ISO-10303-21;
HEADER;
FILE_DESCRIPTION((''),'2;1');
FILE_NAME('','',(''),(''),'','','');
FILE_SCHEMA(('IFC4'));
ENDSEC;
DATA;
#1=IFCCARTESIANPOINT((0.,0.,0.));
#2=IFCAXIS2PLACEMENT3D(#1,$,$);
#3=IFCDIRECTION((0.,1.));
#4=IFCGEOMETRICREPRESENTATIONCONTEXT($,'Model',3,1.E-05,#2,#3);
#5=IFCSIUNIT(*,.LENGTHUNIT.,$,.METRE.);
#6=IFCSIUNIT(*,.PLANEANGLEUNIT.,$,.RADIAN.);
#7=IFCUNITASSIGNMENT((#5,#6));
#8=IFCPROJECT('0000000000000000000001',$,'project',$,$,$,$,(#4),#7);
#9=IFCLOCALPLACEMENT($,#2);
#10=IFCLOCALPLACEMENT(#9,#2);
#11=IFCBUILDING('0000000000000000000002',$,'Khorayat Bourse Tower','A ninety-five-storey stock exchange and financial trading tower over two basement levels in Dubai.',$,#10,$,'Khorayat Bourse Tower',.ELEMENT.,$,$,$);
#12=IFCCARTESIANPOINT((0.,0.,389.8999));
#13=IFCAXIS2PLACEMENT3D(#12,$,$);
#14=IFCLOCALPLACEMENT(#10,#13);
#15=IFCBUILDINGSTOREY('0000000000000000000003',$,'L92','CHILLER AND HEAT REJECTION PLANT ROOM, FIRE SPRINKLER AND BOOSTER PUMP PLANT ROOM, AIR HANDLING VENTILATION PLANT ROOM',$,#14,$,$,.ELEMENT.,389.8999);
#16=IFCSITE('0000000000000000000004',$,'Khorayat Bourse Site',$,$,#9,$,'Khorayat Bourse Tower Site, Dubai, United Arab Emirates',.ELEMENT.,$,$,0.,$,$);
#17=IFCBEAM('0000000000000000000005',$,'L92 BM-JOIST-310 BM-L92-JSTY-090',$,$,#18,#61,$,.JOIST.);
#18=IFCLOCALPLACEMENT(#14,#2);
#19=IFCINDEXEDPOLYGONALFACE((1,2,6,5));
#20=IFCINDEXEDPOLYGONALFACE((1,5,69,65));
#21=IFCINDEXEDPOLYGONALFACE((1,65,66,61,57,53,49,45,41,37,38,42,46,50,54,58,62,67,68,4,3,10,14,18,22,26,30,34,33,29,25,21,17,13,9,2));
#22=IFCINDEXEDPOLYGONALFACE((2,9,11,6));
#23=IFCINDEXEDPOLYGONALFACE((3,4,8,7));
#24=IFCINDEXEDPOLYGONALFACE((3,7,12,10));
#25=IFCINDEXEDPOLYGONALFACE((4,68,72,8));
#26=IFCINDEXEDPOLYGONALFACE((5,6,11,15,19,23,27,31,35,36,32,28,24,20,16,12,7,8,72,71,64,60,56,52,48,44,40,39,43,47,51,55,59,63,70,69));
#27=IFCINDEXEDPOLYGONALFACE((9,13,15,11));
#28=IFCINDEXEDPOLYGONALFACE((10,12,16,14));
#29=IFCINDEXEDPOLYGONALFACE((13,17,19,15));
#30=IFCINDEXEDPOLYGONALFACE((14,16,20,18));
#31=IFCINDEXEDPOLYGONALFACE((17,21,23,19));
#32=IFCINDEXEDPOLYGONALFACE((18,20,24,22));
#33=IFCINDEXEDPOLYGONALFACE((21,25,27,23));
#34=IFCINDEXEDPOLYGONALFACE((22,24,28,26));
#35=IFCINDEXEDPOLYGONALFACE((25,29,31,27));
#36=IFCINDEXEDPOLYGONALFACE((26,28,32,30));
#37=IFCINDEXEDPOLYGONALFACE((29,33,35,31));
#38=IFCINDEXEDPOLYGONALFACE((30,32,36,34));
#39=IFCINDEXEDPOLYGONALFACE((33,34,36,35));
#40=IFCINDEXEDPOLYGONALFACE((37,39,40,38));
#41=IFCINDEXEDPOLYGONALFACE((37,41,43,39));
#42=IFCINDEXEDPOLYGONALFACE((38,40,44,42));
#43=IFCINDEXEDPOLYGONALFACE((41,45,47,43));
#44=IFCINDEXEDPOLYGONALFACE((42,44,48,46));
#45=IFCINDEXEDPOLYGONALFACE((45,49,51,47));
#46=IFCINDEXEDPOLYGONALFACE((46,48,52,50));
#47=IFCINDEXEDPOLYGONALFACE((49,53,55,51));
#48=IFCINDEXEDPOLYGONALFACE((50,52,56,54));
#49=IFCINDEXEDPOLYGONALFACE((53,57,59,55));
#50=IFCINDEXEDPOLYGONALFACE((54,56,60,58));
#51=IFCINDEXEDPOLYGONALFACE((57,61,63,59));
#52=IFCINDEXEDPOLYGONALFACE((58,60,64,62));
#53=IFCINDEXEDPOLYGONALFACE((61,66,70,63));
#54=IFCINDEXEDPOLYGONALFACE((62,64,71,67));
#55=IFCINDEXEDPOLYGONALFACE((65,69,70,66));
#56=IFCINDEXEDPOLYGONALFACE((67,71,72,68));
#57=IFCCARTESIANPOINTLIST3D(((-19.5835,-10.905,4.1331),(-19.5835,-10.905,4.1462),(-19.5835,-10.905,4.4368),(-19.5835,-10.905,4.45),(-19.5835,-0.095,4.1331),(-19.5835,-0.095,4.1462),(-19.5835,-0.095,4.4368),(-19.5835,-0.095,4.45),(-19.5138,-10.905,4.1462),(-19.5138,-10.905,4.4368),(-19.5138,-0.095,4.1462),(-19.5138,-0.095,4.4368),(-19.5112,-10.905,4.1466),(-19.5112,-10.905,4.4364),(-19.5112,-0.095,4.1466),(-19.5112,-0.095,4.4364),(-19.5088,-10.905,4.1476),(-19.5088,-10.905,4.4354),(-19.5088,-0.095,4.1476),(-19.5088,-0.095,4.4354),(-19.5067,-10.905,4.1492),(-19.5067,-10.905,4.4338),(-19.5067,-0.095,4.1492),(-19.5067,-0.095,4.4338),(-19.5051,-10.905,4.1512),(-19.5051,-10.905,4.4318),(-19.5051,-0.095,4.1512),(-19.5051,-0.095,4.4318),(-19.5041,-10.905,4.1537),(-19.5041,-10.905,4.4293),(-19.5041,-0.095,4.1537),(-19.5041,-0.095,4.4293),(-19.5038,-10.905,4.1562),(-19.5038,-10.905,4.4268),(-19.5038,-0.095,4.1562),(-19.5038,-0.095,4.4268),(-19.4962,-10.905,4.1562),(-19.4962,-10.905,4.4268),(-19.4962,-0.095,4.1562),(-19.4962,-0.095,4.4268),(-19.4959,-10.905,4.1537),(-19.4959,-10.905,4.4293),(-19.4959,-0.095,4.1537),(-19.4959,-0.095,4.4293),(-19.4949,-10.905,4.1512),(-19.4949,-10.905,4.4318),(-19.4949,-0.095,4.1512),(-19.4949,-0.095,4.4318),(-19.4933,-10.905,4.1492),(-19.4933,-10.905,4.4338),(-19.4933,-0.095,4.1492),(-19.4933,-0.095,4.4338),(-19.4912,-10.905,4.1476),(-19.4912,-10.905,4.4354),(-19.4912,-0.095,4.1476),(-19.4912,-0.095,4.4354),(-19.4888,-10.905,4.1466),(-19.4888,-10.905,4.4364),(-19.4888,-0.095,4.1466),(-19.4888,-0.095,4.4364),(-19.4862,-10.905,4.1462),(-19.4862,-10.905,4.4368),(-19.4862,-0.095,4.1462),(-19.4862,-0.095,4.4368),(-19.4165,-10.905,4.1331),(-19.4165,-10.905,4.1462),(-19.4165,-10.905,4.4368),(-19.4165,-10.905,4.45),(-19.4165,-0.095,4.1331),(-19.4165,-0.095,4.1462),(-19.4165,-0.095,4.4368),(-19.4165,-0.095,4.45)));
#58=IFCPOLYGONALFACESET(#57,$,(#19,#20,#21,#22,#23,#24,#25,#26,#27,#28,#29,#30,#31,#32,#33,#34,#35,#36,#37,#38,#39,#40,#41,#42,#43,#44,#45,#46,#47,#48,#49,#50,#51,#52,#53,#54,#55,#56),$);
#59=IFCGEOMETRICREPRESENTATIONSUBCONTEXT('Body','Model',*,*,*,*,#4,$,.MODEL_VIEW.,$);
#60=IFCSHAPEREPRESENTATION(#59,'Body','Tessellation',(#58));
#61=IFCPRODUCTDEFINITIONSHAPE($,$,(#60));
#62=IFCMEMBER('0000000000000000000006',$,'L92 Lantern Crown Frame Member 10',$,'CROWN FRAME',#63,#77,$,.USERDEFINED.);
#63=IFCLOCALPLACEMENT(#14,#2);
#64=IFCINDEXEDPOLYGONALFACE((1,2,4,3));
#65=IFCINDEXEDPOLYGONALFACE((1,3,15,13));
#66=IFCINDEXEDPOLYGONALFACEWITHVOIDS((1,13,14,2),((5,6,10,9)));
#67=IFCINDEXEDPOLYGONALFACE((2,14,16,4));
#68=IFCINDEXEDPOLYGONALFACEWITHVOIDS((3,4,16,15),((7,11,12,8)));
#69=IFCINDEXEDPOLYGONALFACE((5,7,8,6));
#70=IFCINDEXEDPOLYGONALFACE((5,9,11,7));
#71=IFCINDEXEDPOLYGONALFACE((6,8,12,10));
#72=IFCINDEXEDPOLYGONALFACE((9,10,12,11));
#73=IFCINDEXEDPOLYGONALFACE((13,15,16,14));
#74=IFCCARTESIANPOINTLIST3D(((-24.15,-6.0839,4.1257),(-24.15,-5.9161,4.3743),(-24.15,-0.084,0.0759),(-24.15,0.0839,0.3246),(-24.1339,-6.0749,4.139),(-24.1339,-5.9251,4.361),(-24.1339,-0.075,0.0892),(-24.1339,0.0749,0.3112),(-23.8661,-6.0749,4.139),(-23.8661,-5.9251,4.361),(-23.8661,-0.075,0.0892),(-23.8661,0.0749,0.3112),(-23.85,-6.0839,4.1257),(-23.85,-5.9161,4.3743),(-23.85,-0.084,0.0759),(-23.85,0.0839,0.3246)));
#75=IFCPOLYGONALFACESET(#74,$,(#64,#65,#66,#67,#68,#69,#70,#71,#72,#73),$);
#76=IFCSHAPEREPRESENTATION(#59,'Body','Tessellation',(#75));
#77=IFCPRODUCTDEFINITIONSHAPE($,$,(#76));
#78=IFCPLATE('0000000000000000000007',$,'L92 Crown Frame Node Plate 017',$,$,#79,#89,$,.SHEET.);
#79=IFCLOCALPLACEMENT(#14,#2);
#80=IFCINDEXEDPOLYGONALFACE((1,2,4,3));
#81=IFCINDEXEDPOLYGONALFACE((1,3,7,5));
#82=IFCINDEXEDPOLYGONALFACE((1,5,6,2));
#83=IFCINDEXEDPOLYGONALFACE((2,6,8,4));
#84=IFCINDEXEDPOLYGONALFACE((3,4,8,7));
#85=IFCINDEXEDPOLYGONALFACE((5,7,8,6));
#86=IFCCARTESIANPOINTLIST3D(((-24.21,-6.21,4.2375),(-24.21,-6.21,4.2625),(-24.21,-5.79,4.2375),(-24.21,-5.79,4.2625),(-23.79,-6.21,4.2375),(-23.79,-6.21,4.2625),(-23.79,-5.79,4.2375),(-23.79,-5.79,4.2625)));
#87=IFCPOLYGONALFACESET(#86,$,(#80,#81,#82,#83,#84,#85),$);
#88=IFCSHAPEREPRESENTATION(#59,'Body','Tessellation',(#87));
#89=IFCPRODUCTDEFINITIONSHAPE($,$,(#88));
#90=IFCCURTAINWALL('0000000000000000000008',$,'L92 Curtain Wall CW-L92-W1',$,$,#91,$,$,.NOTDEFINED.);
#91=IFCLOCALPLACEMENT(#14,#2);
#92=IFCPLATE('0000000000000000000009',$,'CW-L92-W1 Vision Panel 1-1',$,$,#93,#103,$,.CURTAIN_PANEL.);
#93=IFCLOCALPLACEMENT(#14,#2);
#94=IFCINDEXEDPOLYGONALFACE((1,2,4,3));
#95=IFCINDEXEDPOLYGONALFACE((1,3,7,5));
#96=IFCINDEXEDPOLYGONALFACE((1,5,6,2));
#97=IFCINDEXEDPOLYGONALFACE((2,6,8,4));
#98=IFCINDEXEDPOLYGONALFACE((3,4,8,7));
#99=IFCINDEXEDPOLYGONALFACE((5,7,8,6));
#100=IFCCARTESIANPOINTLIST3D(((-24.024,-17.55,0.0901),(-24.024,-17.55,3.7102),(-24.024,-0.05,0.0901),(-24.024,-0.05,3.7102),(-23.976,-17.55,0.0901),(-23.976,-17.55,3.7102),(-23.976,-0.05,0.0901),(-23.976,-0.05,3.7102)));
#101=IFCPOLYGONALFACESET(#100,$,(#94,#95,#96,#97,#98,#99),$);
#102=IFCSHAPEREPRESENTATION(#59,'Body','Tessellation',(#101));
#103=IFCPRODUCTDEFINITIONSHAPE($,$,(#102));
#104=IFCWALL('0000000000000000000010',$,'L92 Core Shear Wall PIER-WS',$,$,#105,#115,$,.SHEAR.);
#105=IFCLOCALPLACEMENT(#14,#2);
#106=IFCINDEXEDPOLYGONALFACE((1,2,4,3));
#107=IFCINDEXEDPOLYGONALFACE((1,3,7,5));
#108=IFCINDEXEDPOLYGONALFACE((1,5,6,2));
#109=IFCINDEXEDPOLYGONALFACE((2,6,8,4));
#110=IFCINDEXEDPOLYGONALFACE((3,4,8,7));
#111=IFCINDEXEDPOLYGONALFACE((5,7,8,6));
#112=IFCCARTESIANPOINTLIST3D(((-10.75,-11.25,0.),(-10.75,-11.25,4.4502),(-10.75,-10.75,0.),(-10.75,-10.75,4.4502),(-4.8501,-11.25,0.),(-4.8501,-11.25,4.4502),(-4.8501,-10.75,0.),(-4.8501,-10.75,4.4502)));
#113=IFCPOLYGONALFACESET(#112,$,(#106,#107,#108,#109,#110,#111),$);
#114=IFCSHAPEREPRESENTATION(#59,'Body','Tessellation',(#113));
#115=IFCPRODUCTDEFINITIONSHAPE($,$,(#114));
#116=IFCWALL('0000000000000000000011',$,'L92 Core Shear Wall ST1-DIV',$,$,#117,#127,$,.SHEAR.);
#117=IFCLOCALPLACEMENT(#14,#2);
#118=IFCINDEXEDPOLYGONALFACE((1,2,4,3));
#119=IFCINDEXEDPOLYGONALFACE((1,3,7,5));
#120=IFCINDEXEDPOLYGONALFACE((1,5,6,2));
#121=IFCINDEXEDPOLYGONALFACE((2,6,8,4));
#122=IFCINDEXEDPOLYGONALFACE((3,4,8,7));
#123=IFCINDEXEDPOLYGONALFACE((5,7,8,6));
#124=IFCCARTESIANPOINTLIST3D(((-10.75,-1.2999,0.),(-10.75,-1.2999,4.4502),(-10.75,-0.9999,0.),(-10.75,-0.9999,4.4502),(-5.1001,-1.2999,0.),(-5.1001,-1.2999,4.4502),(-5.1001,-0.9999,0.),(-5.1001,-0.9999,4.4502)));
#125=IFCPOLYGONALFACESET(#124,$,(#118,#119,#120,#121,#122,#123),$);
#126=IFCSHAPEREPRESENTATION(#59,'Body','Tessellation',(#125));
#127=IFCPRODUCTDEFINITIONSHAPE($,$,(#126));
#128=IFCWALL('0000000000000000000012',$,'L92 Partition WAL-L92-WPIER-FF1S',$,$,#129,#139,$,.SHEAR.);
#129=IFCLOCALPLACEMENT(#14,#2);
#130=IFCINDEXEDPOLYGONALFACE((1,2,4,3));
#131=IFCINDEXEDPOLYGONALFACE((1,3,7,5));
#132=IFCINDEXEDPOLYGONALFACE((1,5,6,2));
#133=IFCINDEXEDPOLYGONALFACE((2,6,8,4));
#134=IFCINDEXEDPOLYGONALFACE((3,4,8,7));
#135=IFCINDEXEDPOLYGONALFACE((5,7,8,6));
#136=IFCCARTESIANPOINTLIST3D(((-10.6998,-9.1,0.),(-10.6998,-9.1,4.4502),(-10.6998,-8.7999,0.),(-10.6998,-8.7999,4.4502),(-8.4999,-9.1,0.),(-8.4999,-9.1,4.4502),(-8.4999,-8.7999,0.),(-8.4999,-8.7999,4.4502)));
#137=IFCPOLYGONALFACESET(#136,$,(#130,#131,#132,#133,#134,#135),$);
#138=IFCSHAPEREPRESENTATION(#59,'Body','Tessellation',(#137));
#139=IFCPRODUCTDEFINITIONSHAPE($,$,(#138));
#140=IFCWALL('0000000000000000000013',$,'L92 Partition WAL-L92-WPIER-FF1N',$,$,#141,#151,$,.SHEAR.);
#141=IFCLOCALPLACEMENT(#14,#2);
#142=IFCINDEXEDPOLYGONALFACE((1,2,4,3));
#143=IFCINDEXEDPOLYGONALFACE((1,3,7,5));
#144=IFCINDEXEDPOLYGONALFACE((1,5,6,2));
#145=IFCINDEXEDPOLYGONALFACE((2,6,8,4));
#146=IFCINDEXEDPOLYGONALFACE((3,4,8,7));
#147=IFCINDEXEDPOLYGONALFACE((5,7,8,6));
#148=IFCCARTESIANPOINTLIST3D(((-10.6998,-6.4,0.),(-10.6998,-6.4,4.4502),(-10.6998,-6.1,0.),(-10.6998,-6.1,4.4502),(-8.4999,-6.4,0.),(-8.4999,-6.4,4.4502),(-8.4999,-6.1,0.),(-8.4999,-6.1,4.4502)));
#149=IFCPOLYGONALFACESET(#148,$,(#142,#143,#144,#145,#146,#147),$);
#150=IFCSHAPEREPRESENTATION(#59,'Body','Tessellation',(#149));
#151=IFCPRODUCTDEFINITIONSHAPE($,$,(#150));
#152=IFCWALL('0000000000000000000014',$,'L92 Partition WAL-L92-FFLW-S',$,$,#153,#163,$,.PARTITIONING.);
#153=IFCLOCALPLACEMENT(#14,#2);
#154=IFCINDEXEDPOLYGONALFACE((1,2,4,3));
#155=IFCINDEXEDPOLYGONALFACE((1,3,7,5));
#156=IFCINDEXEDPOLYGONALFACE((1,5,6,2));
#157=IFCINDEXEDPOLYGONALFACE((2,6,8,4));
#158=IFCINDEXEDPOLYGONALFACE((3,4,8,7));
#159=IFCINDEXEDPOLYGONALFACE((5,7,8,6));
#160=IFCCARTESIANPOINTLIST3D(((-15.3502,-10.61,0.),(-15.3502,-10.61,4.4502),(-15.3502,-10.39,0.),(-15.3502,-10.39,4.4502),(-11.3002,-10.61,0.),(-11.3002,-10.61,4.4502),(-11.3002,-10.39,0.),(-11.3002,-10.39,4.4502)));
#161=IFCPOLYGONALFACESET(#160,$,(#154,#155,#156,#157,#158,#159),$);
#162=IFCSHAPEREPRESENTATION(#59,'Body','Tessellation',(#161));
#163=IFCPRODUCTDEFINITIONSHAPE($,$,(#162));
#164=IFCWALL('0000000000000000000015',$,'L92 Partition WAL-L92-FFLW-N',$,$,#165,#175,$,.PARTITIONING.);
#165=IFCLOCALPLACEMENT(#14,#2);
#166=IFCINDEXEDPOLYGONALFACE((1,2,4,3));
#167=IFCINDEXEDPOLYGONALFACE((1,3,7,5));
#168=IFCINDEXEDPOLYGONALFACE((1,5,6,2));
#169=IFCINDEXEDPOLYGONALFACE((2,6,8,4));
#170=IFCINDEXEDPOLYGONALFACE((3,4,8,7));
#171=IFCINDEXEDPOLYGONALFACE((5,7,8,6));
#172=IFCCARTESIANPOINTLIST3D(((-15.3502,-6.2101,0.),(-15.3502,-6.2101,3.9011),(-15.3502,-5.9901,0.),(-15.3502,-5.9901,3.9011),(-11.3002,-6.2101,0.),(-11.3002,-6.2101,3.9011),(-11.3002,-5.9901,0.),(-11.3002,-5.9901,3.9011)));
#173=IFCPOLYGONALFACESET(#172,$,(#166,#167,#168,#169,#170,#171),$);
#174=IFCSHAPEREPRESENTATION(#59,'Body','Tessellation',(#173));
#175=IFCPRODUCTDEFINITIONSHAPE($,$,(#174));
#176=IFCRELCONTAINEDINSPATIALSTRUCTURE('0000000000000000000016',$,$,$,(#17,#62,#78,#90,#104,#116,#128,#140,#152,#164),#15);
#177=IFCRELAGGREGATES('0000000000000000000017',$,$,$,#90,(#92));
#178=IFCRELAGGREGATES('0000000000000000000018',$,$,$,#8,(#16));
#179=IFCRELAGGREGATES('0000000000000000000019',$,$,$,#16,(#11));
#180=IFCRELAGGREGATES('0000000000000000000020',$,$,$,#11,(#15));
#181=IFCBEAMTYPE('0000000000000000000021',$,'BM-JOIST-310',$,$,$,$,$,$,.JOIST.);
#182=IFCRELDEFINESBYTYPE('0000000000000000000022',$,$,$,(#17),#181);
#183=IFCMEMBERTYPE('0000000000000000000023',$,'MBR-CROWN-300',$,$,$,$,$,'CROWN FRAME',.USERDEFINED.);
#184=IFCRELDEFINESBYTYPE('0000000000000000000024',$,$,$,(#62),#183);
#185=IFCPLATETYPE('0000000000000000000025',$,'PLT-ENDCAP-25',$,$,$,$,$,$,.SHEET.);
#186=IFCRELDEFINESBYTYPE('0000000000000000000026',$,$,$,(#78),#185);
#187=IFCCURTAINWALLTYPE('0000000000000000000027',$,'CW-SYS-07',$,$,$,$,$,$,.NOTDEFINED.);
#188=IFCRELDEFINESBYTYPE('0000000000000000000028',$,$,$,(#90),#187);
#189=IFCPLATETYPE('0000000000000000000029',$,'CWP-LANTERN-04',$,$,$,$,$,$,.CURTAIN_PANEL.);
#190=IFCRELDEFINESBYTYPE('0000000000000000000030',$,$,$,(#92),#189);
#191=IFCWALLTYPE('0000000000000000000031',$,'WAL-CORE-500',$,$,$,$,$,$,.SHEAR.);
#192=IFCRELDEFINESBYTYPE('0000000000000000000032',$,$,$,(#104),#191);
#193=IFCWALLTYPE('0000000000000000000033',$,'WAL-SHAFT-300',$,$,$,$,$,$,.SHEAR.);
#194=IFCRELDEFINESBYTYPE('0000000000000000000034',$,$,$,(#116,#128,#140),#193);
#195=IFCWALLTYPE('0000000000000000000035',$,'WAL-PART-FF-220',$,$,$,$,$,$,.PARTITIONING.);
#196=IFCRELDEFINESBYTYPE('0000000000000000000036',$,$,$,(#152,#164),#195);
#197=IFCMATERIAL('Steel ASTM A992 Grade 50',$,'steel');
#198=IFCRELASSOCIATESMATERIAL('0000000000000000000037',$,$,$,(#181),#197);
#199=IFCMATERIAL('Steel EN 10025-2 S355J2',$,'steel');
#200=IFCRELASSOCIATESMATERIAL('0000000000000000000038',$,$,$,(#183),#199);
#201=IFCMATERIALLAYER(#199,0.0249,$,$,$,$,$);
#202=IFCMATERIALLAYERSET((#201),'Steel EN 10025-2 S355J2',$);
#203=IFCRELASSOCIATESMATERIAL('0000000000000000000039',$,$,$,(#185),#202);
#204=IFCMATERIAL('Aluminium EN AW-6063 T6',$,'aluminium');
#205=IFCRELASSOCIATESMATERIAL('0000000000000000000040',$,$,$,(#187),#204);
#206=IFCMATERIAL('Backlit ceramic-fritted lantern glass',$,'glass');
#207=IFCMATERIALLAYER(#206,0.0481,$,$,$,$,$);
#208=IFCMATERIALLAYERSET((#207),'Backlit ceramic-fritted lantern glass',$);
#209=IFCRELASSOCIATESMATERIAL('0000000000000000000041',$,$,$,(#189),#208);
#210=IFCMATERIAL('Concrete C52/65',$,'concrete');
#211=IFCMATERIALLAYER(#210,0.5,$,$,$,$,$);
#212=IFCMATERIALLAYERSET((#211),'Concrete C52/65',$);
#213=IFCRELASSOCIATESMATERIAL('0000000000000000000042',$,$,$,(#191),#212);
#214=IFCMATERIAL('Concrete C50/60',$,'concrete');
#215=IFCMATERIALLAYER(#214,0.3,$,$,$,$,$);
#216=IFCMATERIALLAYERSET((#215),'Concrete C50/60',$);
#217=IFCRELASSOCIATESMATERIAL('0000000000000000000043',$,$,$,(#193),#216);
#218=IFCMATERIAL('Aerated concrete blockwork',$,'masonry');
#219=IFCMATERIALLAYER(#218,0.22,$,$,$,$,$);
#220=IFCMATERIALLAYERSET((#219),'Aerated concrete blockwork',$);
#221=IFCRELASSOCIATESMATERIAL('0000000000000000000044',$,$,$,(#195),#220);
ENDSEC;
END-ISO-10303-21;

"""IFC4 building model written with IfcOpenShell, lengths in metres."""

from ifc_helpers import new_model, si_unit, direction, frame, frame_2d, origin, origin_2d, place, context, subcontext, project, spatial, rectangle, hollow_rectangle, i_section, extrude, source, transform, mapped, material, layer, layer_set, material_profile, profile_set, type_object, element, aggregate, save


model = new_model("IFC4")

# Units and contexts
model_context = context("Model", 3, precision=1e-05, world=origin(), true_north=direction((0.0, 1.0)))
body_context = subcontext(model_context, "Body", "Model", "MODEL_VIEW")
ifc_project = project(units=[si_unit("LENGTHUNIT", "METRE"), si_unit("PLANEANGLEUNIT", "RADIAN")], contexts=[model_context])

# Site, building, storey
site_placement = place(None, origin())
site = spatial("IfcSite", under=ifc_project, at=site_placement, Name="Khorayat Bourse Site", LongName="Khorayat Bourse Tower Site, Dubai, United Arab Emirates", CompositionType="ELEMENT", RefElevation=0.0)
building_placement = place(site_placement, origin())
building = spatial("IfcBuilding", under=site, at=building_placement, Name="Khorayat Bourse Tower", Description="A ninety-five-storey stock exchange and financial trading tower over two basement levels in Dubai.", LongName="Khorayat Bourse Tower", CompositionType="ELEMENT")
storey_placement = place(building_placement, frame((0.0, 0.0, 389.8999)))
storey = spatial("IfcBuildingStorey", under=building, at=storey_placement, Name="L92", Description="CHILLER AND HEAT REJECTION PLANT ROOM, FIRE SPRINKLER AND BOOSTER PUMP PLANT ROOM, AIR HANDLING VENTILATION PLANT ROOM", CompositionType="ELEMENT", Elevation=389.8999)

# Shared definitions
ifc_material_1 = material(Name="Concrete C52/65", Category="concrete")
ifc_material_2 = material(Name="Steel EN 10025-2 S355J2", Category="steel")

# Beam
ifc_material_3 = material(Name="Steel ASTM A992 Grade 50", Category="steel")
ifc_material_profile_1 = material_profile(ifc_material_3, i_section(OverallWidth=0.167, OverallDepth=0.3169, WebThickness=0.0076, FlangeThickness=0.0132, FilletRadius=0.01, at=origin_2d()), Name="W310X52")
ifc_profile_set_1 = profile_set([ifc_material_profile_1], Name="Steel ASTM A992 Grade 50")
beam_type_1 = type_object("IfcBeamType", Name="BM-JOIST-310", PredefinedType="JOIST", material=ifc_profile_set_1)
shared_shape_1 = source(origin(), body_context, "Body", "SweptSolid", [
    extrude(i_section(OverallWidth=0.167, OverallDepth=0.3169, WebThickness=0.0076, FlangeThickness=0.0132, FilletRadius=0.01, at=origin_2d()), origin(), (0.0, 0.0, 1.0), 10.8101),
])
beam_1_placement = place(storey_placement, frame((-19.5, -10.905, 4.2915), z_axis=(0.0, 1.0, 0.0), x_axis=(-1.0, 0.0, 0.0)))
element("IfcBeam", 1, at=beam_1_placement, inside=storey, type_object=beam_type_1, Name="L92 BM-JOIST-310 BM-L92-JSTY-090", PredefinedType="JOIST", context=body_context, shape_type="MappedRepresentation", body=[
    mapped(shared_shape_1, transform((0.0, 0.0, 0.0), scale=1.0)),
])

# Member
ifc_material_profile_2 = material_profile(ifc_material_2, hollow_rectangle(XDim=0.3, YDim=0.3, WallThickness=0.0161, at=origin_2d()), Name="HSS 300x300x16")
ifc_profile_set_2 = profile_set([ifc_material_profile_2], Name="Steel EN 10025-2 S355J2")
member_type = type_object("IfcMemberType", Name="MBR-CROWN-300", ElementType="CROWN FRAME", PredefinedType="USERDEFINED", material=ifc_profile_set_2)
shared_shape_2 = source(origin(), body_context, "Body", "SweptSolid", [
    extrude(hollow_rectangle(XDim=0.3, YDim=0.3, WallThickness=0.0161, at=origin_2d()), origin(), (0.0, 0.0, 1.0), 7.2388),
])
member_placement = place(storey_placement, frame((-24.0, -6.0, 4.25), z_axis=(0.0, 0.828861, -0.559454), x_axis=(-1.0, 0.0, 0.0)))
element("IfcMember", 2, at=member_placement, inside=storey, type_object=member_type, Name="L92 Lantern Crown Frame Member 10", ObjectType="CROWN FRAME", PredefinedType="USERDEFINED", context=body_context, shape_type="MappedRepresentation", body=[
    mapped(shared_shape_2, transform((0.0, 0.0, 0.0), scale=1.0)),
])

# Plate
ifc_layer_1 = layer(ifc_material_2, 0.0249)
ifc_layer_set_1 = layer_set([ifc_layer_1], Name="Steel EN 10025-2 S355J2")
plate_type_1 = type_object("IfcPlateType", Name="PLT-ENDCAP-25", PredefinedType="SHEET", material=ifc_layer_set_1)
shared_shape_3 = source(origin(), body_context, "Body", "SweptSolid", [
    extrude(rectangle(XDim=0.4199, YDim=0.4199, at=origin_2d()), origin(), (0.0, 0.0, 1.0), 0.0249),
])
plate_1_placement = place(storey_placement, frame((-24.0, -6.0, 4.2375), z_axis=(0.0, 0.0, 1.0), x_axis=(1.0, 0.0, 0.0)))
element("IfcPlate", 3, at=plate_1_placement, inside=storey, type_object=plate_type_1, Name="L92 Crown Frame Node Plate 017", PredefinedType="SHEET", context=body_context, shape_type="MappedRepresentation", body=[
    mapped(shared_shape_3, transform((0.0, 0.0, 0.0), scale=1.0)),
])

# Curtain wall, plate
ifc_material_4 = material(Name="Aluminium EN AW-6063 T6", Category="aluminium")
curtain_wall_type = type_object("IfcCurtainWallType", Name="CW-SYS-07", PredefinedType="NOTDEFINED", material=ifc_material_4)
curtain_wall_placement = place(storey_placement, origin())
curtain_wall = element("IfcCurtainWall", 4, at=curtain_wall_placement, inside=storey, type_object=curtain_wall_type, Name="L92 Curtain Wall CW-L92-W1", PredefinedType="NOTDEFINED")
ifc_material_5 = material(Name="Backlit ceramic-fritted lantern glass", Category="glass")
ifc_layer_2 = layer(ifc_material_5, 0.0481)
ifc_layer_set_2 = layer_set([ifc_layer_2], Name="Backlit ceramic-fritted lantern glass")
plate_type_2 = type_object("IfcPlateType", Name="CWP-LANTERN-04", PredefinedType="CURTAIN_PANEL", material=ifc_layer_set_2)
shared_shape_4 = source(origin(), body_context, "Body", "SweptSolid", [
    extrude(rectangle(XDim=17.5, YDim=0.0481, at=origin_2d()), origin(), (0.0, 0.0, 1.0), 3.6201),
])
plate_2_placement = place(storey_placement, frame((-24.0, -8.8, 0.0901), z_axis=(0.0, 0.0, 1.0), x_axis=(0.0, 1.0, 0.0)))
plate_2 = element("IfcPlate", 5, at=plate_2_placement, type_object=plate_type_2, Name="CW-L92-W1 Vision Panel 1-1", PredefinedType="CURTAIN_PANEL", context=body_context, shape_type="MappedRepresentation", body=[
    mapped(shared_shape_4, transform((0.0, 0.0, 0.0), scale=1.0)),
])
aggregate(curtain_wall, [plate_2])

# Walls
ifc_layer_3 = layer(ifc_material_1, 0.5)
ifc_layer_set_3 = layer_set([ifc_layer_3], Name="Concrete C52/65")
wall_type_1 = type_object("IfcWallType", Name="WAL-CORE-500", PredefinedType="SHEAR", material=ifc_layer_set_3)
shared_shape_5 = source(origin(), body_context, "Body", "SweptSolid", [
    extrude(rectangle(XDim=5.8999, YDim=0.5, at=frame_2d((2.95, 0.0))), origin(), (0.0, 0.0, 1.0), 4.4502),
])
wall_1_placement = place(storey_placement, frame((-10.75, -11.0, 0.0), z_axis=(0.0, 0.0, 1.0), x_axis=(1.0, 0.0, 0.0)))
element("IfcWall", 6, at=wall_1_placement, inside=storey, type_object=wall_type_1, Name="L92 Core Shear Wall PIER-WS", PredefinedType="SHEAR", context=body_context, shape_type="MappedRepresentation", body=[
    mapped(shared_shape_5, transform((0.0, 0.0, 0.0), scale=1.0)),
])
ifc_material_6 = material(Name="Concrete C50/60", Category="concrete")
ifc_layer_4 = layer(ifc_material_6, 0.3)
ifc_layer_set_4 = layer_set([ifc_layer_4], Name="Concrete C50/60")
wall_type_2 = type_object("IfcWallType", Name="WAL-SHAFT-300", PredefinedType="SHEAR", material=ifc_layer_set_4)
shared_shape_6 = source(origin(), body_context, "Body", "SweptSolid", [
    extrude(rectangle(XDim=5.6499, YDim=0.3, at=frame_2d((2.825, 0.0))), origin(), (0.0, 0.0, 1.0), 4.4502),
])
wall_2_placement = place(storey_placement, frame((-10.75, -1.1499, 0.0), z_axis=(0.0, 0.0, 1.0), x_axis=(1.0, 0.0, 0.0)))
element("IfcWall", 7, at=wall_2_placement, inside=storey, type_object=wall_type_2, Name="L92 Core Shear Wall ST1-DIV", PredefinedType="SHEAR", context=body_context, shape_type="MappedRepresentation", body=[
    mapped(shared_shape_6, transform((0.0, 0.0, 0.0), scale=1.0)),
])
shared_shape_7 = source(origin(), body_context, "Body", "SweptSolid", [
    extrude(rectangle(XDim=2.2, YDim=0.3, at=frame_2d((1.1001, 0.0))), origin(), (0.0, 0.0, 1.0), 4.4502),
])
for number, where, z_axis, x_axis, name in (
    (8, (-10.7, -8.95, 0.0), (0.0, 0.0, 1.0), (1.0, 0.0, 0.0), "L92 Partition WAL-L92-WPIER-FF1S"),
    (9, (-10.7, -6.25, 0.0), (0.0, 0.0, 1.0), (1.0, 0.0, 0.0), "L92 Partition WAL-L92-WPIER-FF1N"),
):
    element("IfcWall", number, at=place(storey_placement, frame(where, z_axis=z_axis, x_axis=x_axis)), inside=storey, type_object=wall_type_2, Name=name, PredefinedType="SHEAR", context=body_context, shape_type="MappedRepresentation", body=[
        mapped(shared_shape_7, transform((0.0, 0.0, 0.0), scale=1.0)),
    ])
ifc_material_7 = material(Name="Aerated concrete blockwork", Category="masonry")
ifc_layer_5 = layer(ifc_material_7, 0.22)
ifc_layer_set_5 = layer_set([ifc_layer_5], Name="Aerated concrete blockwork")
wall_type_3 = type_object("IfcWallType", Name="WAL-PART-FF-220", PredefinedType="PARTITIONING", material=ifc_layer_set_5)
shared_shape_8 = source(origin(), body_context, "Body", "SweptSolid", [
    extrude(rectangle(XDim=4.05, YDim=0.22, at=frame_2d((2.0249, 0.0))), origin(), (0.0, 0.0, 1.0), 4.4502),
])
wall_3_placement = place(storey_placement, frame((-15.3501, -10.5, 0.0), z_axis=(0.0, 0.0, 1.0), x_axis=(1.0, 0.0, 0.0)))
element("IfcWall", 10, at=wall_3_placement, inside=storey, type_object=wall_type_3, Name="L92 Partition WAL-L92-FFLW-S", PredefinedType="PARTITIONING", context=body_context, shape_type="MappedRepresentation", body=[
    mapped(shared_shape_8, transform((0.0, 0.0, 0.0), scale=1.0)),
])
shared_shape_9 = source(origin(), body_context, "Body", "SweptSolid", [
    extrude(rectangle(XDim=4.05, YDim=0.22, at=frame_2d((2.0249, 0.0))), origin(), (0.0, 0.0, 1.0), 3.9011),
])
wall_4_placement = place(storey_placement, frame((-15.3501, -6.1001, 0.0), z_axis=(0.0, 0.0, 1.0), x_axis=(1.0, 0.0, 0.0)))
element("IfcWall", 11, at=wall_4_placement, inside=storey, type_object=wall_type_3, Name="L92 Partition WAL-L92-FFLW-N", PredefinedType="PARTITIONING", context=body_context, shape_type="MappedRepresentation", body=[
    mapped(shared_shape_9, transform((0.0, 0.0, 0.0), scale=1.0)),
])

save(model, "model.ifc")
